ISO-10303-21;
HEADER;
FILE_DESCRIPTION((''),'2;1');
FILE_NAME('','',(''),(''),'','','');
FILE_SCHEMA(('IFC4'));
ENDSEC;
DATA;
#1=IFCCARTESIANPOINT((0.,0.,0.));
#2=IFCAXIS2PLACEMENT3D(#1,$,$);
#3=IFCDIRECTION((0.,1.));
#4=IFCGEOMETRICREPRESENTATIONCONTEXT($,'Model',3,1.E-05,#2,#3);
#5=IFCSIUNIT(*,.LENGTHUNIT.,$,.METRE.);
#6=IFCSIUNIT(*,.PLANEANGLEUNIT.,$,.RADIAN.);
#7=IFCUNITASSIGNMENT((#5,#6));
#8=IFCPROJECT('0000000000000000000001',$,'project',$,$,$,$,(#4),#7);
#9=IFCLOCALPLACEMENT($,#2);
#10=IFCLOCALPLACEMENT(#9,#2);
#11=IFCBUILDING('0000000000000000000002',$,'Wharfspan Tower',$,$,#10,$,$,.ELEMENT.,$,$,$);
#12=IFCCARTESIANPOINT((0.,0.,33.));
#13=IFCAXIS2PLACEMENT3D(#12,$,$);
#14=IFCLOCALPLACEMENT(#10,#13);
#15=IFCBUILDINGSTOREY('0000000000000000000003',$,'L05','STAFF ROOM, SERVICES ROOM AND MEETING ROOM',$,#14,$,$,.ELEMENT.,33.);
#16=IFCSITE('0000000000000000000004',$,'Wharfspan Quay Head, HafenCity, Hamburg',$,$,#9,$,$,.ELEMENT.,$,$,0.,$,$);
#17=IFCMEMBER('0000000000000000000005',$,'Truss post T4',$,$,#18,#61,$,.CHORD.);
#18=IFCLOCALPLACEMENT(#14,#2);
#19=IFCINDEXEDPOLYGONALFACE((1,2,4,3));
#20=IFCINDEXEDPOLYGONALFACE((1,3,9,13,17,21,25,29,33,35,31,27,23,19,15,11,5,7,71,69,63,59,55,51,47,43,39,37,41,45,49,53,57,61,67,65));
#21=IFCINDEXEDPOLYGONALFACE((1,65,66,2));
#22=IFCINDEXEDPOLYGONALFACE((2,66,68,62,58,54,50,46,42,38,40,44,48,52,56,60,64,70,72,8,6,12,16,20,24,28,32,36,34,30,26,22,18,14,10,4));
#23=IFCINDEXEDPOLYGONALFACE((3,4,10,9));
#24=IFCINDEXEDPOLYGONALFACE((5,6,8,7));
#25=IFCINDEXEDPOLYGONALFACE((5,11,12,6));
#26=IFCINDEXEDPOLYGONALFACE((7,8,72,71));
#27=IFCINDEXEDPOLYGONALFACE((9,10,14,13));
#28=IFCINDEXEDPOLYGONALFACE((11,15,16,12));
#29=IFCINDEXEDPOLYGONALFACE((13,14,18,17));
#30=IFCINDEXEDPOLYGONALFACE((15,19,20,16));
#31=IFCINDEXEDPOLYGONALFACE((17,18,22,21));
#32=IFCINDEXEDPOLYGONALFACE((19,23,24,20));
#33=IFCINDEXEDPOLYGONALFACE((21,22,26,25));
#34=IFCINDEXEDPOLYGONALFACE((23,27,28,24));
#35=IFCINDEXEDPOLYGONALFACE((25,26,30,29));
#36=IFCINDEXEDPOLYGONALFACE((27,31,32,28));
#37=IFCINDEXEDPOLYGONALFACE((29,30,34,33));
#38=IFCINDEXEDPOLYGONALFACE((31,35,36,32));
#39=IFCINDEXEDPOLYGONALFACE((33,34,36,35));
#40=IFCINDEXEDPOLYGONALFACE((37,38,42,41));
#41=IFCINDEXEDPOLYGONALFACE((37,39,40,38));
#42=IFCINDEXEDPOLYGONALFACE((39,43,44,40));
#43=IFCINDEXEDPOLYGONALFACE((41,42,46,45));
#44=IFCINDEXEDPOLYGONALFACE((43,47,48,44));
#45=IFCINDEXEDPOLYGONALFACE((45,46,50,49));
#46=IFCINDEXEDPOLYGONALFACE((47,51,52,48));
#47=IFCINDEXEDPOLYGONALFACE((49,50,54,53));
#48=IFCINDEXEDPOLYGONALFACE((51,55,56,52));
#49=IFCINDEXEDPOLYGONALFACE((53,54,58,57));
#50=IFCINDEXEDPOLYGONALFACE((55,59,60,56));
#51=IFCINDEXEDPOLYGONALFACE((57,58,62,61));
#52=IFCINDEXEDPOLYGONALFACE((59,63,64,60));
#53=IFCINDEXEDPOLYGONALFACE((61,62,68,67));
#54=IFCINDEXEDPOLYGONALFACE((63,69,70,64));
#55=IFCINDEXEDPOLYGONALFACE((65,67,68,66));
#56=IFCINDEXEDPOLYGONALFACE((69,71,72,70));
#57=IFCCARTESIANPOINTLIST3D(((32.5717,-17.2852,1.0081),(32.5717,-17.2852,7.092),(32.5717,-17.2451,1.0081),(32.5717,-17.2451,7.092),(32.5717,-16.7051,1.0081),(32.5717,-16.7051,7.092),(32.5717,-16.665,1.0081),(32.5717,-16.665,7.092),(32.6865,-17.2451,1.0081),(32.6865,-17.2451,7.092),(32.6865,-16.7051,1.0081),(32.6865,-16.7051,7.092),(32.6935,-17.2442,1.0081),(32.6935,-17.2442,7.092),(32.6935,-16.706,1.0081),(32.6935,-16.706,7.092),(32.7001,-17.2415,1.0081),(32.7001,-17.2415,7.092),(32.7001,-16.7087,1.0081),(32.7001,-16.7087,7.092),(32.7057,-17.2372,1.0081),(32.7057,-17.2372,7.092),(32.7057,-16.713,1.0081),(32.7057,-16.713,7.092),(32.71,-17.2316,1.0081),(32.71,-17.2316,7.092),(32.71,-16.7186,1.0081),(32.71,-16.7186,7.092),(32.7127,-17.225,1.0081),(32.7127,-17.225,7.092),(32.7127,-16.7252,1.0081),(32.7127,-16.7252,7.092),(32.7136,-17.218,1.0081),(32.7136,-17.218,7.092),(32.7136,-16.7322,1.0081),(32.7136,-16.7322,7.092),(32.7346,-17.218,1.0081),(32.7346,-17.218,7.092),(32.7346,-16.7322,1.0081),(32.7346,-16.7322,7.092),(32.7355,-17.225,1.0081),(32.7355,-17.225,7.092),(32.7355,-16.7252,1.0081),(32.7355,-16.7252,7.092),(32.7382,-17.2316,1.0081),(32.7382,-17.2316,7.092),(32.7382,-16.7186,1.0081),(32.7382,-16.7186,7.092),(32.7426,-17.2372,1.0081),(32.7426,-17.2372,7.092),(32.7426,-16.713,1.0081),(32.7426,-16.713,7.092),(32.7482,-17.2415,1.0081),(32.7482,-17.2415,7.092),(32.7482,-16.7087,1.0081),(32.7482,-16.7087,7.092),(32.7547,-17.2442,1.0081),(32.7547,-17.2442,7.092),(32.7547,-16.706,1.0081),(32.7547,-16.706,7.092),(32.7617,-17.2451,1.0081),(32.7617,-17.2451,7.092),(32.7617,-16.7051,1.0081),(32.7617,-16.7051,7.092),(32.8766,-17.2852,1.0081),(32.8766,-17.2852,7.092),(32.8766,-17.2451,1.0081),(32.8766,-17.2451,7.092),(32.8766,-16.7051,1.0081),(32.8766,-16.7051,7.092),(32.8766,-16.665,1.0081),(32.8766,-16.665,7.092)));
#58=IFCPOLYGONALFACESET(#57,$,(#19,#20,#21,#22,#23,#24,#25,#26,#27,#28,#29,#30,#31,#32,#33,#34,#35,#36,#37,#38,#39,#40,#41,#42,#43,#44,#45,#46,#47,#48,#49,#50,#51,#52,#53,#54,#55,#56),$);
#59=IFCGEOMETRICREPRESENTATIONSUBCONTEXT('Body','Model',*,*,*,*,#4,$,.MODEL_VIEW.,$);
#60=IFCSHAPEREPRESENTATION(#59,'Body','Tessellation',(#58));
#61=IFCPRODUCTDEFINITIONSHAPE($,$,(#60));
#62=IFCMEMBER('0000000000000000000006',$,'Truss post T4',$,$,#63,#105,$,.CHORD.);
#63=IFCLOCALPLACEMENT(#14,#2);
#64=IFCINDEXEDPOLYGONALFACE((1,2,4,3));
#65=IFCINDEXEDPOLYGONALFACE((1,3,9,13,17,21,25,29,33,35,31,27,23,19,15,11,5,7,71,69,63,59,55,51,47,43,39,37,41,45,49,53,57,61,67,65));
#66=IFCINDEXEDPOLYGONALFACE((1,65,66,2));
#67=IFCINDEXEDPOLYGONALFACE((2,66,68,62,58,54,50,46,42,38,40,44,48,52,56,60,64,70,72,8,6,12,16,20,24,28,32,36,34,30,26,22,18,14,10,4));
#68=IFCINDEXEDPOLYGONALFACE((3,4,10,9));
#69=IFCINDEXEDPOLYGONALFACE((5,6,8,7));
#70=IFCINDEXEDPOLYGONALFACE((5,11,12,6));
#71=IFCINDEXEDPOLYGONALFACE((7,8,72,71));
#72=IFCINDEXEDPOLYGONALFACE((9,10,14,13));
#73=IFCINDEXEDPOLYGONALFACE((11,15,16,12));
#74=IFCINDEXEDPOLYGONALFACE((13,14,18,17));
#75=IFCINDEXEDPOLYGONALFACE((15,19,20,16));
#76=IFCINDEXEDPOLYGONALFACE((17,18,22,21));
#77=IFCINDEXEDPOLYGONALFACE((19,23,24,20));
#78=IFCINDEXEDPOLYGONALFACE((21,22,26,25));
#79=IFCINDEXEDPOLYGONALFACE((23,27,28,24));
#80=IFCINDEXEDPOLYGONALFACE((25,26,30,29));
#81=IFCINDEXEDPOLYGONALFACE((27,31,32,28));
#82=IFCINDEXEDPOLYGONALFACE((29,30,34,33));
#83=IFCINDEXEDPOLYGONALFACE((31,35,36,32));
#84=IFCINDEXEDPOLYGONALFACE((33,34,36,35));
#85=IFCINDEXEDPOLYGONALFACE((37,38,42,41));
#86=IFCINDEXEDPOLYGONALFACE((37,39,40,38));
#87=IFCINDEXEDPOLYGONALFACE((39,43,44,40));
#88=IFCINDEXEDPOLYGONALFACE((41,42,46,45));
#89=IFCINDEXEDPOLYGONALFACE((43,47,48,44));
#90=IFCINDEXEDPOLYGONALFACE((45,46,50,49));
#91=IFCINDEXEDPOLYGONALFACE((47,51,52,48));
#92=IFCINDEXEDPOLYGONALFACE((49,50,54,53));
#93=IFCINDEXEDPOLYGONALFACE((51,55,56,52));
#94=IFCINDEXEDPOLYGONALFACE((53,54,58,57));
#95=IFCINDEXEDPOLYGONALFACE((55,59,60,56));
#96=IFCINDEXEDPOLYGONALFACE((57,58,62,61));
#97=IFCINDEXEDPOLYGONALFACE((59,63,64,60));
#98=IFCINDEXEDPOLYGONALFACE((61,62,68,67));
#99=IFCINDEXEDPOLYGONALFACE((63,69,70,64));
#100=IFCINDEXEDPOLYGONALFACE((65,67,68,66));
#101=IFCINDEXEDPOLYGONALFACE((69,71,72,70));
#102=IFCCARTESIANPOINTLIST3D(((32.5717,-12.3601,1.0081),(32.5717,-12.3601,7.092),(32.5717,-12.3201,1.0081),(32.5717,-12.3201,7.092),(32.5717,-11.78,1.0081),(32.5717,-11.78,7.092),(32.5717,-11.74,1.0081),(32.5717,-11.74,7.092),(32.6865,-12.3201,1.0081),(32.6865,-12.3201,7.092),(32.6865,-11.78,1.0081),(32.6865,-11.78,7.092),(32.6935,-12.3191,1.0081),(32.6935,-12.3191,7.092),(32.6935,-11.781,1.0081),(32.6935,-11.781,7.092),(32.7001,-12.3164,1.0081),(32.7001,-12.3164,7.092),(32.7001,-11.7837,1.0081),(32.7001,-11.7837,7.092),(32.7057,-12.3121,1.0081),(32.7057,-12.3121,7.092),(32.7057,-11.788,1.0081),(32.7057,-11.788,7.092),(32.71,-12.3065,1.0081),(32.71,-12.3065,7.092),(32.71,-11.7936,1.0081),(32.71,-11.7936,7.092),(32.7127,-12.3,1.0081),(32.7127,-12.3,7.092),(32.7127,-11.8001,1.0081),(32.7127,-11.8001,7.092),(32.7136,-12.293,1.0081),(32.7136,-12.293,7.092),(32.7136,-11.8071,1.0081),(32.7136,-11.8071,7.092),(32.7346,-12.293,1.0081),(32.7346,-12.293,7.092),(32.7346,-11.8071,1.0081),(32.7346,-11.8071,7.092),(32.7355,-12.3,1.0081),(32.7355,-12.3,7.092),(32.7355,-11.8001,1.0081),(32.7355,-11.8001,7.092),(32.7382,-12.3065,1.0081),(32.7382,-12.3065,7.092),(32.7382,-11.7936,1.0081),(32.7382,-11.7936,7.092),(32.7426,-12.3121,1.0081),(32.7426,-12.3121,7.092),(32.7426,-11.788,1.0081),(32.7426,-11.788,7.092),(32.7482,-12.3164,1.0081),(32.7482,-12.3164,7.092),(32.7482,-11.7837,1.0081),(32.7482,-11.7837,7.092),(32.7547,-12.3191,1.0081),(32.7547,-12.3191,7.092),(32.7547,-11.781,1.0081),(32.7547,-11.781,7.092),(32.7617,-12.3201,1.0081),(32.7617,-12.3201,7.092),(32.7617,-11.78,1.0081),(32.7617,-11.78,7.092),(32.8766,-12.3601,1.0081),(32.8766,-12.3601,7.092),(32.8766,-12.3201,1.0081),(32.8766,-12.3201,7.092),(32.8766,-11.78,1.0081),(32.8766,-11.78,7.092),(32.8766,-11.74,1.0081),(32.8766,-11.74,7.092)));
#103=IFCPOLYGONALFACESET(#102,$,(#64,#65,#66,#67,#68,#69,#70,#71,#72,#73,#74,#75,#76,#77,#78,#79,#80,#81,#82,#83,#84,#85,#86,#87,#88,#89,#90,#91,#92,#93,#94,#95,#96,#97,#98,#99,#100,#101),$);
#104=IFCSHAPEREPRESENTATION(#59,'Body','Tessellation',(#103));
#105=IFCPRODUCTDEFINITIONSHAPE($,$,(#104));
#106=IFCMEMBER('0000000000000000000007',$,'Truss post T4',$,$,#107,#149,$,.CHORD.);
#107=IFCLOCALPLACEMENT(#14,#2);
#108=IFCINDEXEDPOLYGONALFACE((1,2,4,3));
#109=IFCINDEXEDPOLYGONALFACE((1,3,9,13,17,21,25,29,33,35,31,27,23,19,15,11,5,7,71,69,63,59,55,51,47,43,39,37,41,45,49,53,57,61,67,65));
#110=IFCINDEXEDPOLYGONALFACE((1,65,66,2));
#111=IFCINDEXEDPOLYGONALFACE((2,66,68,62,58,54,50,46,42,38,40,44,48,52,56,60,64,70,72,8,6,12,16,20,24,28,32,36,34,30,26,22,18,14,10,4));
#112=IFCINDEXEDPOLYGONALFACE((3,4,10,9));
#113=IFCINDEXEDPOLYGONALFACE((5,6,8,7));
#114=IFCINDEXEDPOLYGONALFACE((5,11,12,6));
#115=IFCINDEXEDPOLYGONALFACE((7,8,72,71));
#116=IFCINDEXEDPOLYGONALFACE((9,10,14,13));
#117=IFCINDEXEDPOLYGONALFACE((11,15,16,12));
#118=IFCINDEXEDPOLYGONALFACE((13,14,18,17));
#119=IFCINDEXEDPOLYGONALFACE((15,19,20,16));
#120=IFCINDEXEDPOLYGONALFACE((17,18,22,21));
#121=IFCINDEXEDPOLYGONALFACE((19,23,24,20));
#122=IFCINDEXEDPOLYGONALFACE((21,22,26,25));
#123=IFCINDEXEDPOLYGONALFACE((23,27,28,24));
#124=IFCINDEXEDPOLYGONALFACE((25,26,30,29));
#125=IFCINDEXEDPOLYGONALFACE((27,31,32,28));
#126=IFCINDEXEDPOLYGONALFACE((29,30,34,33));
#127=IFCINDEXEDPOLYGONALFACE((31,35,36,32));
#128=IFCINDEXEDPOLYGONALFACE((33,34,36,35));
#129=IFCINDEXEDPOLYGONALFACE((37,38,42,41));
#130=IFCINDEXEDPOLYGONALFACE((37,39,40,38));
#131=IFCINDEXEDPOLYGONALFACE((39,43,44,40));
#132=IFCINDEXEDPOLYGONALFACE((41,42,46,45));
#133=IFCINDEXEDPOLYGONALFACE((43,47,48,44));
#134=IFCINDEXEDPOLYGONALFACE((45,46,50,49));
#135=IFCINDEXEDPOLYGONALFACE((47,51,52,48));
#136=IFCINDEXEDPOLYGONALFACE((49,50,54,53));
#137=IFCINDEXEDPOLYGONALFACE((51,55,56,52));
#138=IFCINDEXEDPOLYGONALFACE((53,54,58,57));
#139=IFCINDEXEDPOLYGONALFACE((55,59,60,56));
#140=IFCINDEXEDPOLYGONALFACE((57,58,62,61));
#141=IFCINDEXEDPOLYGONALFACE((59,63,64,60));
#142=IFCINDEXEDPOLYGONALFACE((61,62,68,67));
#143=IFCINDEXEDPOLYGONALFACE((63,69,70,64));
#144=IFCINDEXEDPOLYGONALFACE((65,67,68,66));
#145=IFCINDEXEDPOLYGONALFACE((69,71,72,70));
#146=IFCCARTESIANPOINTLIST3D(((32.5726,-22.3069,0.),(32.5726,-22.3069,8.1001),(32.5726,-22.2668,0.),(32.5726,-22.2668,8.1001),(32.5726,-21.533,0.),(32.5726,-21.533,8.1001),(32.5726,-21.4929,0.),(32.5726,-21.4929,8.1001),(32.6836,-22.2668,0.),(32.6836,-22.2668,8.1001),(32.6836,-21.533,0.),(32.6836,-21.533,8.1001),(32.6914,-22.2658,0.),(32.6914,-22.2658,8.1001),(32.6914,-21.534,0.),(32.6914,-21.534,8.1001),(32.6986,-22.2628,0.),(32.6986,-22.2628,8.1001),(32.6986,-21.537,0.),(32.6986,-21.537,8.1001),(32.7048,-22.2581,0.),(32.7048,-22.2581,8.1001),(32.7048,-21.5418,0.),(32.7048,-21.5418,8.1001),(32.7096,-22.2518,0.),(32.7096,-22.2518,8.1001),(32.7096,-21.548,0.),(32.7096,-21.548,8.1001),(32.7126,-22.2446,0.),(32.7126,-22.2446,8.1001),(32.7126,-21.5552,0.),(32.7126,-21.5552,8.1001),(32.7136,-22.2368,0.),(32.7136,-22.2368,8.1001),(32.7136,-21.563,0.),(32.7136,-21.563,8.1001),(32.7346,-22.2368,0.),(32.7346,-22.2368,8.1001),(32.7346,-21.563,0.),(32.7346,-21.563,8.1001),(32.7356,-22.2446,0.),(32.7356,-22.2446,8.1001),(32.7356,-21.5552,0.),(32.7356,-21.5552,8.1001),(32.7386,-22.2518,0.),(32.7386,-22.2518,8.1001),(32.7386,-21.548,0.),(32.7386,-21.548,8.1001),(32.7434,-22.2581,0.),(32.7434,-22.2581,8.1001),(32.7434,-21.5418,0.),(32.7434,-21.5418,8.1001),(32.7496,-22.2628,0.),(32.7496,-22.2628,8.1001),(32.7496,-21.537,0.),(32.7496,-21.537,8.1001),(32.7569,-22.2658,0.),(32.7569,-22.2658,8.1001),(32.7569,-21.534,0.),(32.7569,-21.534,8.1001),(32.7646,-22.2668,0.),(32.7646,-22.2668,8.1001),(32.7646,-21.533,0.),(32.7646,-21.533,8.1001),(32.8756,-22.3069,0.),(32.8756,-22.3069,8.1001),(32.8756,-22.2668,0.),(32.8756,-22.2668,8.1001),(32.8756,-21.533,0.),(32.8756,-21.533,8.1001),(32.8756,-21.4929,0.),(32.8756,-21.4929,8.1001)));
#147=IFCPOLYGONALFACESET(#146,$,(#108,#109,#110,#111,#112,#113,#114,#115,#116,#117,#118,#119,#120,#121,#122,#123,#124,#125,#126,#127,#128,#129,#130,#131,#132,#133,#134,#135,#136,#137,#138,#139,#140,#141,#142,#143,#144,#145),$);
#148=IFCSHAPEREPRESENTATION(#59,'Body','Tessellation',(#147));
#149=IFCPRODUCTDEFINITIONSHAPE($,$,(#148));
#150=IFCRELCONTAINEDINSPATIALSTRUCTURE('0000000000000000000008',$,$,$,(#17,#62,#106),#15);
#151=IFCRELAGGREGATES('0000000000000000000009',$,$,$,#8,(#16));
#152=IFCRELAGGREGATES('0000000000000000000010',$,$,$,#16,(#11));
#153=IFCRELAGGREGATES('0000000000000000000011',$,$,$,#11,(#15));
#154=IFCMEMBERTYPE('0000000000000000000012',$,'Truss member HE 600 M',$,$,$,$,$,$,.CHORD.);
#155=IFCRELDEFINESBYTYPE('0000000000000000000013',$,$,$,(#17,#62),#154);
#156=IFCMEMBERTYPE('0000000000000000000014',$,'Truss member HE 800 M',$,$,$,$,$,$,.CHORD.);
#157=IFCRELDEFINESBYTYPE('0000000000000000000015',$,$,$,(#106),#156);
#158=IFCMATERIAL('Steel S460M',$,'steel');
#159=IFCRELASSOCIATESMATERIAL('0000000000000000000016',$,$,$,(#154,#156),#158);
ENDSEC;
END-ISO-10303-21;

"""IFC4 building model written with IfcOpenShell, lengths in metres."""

from ifc_helpers import new_model, si_unit, direction, frame, origin, origin_2d, place, context, subcontext, project, spatial, i_section, extrude, material, material_profile, profile_set, type_object, element, save


model = new_model("IFC4")

# Units and contexts
model_context = context("Model", 3, precision=1e-05, world=origin(), true_north=direction((0.0, 1.0)))
body_context = subcontext(model_context, "Body", "Model", "MODEL_VIEW")
ifc_project = project(units=[si_unit("LENGTHUNIT", "METRE"), si_unit("PLANEANGLEUNIT", "RADIAN")], contexts=[model_context])

# Site, building, storey
site_placement = place(None, origin())
site = spatial("IfcSite", under=ifc_project, at=site_placement, Name="Wharfspan Quay Head, HafenCity, Hamburg", CompositionType="ELEMENT", RefElevation=0.0)
building_placement = place(site_placement, origin())
building = spatial("IfcBuilding", under=site, at=building_placement, Name="Wharfspan Tower", CompositionType="ELEMENT")
storey_placement = place(building_placement, frame((0.0, 0.0, 33.0)))
storey = spatial("IfcBuildingStorey", under=building, at=storey_placement, Name="L05", Description="STAFF ROOM, SERVICES ROOM AND MEETING ROOM", CompositionType="ELEMENT", Elevation=33.0)

# Members
ifc_material_1 = material(Name="Steel S460M", Category="steel")
ifc_material_profile_1 = material_profile(ifc_material_1, i_section(OverallWidth=0.3049, OverallDepth=0.6201, WebThickness=0.021, FlangeThickness=0.04, FilletRadius=0.0271, at=origin_2d()))
ifc_profile_set_1 = profile_set([ifc_material_profile_1], Name="Steel S460M")
member_type_1 = type_object("IfcMemberType", Name="Truss member HE 600 M", PredefinedType="CHORD", material=ifc_profile_set_1)
for number, where, z_axis, x_axis, name in (
    (1, (32.7241, -16.9751, 1.0081), (0.0, 0.0, 1.0), (1.0, 0.0, 0.0), "Truss post T4"),
    (2, (32.7241, -12.05, 1.0081), (0.0, 0.0, 1.0), (1.0, 0.0, 0.0), "Truss post T4"),
):
    element("IfcMember", number, at=place(storey_placement, frame(where, z_axis=z_axis, x_axis=x_axis)), inside=storey, type_object=member_type_1, Name=name, PredefinedType="CHORD", context=body_context, shape_type="SweptSolid", body=[
        extrude(i_section(OverallWidth=0.3049, OverallDepth=0.6201, WebThickness=0.021, FlangeThickness=0.04, FilletRadius=0.0271, at=origin_2d()), origin(), (0.0, 0.0, 1.0), 6.084),
    ])
ifc_material_profile_2 = material_profile(ifc_material_1, i_section(OverallWidth=0.303, OverallDepth=0.814, WebThickness=0.021, FlangeThickness=0.04, FilletRadius=0.03, at=origin_2d()))
ifc_profile_set_2 = profile_set([ifc_material_profile_2], Name="Steel S460M")
member_type_2 = type_object("IfcMemberType", Name="Truss member HE 800 M", PredefinedType="CHORD", material=ifc_profile_set_2)
member_1_placement = place(storey_placement, frame((32.7241, -21.8999, 0.0), z_axis=(0.0, 0.0, 1.0), x_axis=(1.0, 0.0, 0.0)))
element("IfcMember", 3, at=member_1_placement, inside=storey, type_object=member_type_2, Name="Truss post T4", PredefinedType="CHORD", context=body_context, shape_type="SweptSolid", body=[
    extrude(i_section(OverallWidth=0.303, OverallDepth=0.814, WebThickness=0.021, FlangeThickness=0.04, FilletRadius=0.03, at=origin_2d()), origin(), (0.0, 0.0, 1.0), 8.1001),
])

save(model, "model.ifc")
